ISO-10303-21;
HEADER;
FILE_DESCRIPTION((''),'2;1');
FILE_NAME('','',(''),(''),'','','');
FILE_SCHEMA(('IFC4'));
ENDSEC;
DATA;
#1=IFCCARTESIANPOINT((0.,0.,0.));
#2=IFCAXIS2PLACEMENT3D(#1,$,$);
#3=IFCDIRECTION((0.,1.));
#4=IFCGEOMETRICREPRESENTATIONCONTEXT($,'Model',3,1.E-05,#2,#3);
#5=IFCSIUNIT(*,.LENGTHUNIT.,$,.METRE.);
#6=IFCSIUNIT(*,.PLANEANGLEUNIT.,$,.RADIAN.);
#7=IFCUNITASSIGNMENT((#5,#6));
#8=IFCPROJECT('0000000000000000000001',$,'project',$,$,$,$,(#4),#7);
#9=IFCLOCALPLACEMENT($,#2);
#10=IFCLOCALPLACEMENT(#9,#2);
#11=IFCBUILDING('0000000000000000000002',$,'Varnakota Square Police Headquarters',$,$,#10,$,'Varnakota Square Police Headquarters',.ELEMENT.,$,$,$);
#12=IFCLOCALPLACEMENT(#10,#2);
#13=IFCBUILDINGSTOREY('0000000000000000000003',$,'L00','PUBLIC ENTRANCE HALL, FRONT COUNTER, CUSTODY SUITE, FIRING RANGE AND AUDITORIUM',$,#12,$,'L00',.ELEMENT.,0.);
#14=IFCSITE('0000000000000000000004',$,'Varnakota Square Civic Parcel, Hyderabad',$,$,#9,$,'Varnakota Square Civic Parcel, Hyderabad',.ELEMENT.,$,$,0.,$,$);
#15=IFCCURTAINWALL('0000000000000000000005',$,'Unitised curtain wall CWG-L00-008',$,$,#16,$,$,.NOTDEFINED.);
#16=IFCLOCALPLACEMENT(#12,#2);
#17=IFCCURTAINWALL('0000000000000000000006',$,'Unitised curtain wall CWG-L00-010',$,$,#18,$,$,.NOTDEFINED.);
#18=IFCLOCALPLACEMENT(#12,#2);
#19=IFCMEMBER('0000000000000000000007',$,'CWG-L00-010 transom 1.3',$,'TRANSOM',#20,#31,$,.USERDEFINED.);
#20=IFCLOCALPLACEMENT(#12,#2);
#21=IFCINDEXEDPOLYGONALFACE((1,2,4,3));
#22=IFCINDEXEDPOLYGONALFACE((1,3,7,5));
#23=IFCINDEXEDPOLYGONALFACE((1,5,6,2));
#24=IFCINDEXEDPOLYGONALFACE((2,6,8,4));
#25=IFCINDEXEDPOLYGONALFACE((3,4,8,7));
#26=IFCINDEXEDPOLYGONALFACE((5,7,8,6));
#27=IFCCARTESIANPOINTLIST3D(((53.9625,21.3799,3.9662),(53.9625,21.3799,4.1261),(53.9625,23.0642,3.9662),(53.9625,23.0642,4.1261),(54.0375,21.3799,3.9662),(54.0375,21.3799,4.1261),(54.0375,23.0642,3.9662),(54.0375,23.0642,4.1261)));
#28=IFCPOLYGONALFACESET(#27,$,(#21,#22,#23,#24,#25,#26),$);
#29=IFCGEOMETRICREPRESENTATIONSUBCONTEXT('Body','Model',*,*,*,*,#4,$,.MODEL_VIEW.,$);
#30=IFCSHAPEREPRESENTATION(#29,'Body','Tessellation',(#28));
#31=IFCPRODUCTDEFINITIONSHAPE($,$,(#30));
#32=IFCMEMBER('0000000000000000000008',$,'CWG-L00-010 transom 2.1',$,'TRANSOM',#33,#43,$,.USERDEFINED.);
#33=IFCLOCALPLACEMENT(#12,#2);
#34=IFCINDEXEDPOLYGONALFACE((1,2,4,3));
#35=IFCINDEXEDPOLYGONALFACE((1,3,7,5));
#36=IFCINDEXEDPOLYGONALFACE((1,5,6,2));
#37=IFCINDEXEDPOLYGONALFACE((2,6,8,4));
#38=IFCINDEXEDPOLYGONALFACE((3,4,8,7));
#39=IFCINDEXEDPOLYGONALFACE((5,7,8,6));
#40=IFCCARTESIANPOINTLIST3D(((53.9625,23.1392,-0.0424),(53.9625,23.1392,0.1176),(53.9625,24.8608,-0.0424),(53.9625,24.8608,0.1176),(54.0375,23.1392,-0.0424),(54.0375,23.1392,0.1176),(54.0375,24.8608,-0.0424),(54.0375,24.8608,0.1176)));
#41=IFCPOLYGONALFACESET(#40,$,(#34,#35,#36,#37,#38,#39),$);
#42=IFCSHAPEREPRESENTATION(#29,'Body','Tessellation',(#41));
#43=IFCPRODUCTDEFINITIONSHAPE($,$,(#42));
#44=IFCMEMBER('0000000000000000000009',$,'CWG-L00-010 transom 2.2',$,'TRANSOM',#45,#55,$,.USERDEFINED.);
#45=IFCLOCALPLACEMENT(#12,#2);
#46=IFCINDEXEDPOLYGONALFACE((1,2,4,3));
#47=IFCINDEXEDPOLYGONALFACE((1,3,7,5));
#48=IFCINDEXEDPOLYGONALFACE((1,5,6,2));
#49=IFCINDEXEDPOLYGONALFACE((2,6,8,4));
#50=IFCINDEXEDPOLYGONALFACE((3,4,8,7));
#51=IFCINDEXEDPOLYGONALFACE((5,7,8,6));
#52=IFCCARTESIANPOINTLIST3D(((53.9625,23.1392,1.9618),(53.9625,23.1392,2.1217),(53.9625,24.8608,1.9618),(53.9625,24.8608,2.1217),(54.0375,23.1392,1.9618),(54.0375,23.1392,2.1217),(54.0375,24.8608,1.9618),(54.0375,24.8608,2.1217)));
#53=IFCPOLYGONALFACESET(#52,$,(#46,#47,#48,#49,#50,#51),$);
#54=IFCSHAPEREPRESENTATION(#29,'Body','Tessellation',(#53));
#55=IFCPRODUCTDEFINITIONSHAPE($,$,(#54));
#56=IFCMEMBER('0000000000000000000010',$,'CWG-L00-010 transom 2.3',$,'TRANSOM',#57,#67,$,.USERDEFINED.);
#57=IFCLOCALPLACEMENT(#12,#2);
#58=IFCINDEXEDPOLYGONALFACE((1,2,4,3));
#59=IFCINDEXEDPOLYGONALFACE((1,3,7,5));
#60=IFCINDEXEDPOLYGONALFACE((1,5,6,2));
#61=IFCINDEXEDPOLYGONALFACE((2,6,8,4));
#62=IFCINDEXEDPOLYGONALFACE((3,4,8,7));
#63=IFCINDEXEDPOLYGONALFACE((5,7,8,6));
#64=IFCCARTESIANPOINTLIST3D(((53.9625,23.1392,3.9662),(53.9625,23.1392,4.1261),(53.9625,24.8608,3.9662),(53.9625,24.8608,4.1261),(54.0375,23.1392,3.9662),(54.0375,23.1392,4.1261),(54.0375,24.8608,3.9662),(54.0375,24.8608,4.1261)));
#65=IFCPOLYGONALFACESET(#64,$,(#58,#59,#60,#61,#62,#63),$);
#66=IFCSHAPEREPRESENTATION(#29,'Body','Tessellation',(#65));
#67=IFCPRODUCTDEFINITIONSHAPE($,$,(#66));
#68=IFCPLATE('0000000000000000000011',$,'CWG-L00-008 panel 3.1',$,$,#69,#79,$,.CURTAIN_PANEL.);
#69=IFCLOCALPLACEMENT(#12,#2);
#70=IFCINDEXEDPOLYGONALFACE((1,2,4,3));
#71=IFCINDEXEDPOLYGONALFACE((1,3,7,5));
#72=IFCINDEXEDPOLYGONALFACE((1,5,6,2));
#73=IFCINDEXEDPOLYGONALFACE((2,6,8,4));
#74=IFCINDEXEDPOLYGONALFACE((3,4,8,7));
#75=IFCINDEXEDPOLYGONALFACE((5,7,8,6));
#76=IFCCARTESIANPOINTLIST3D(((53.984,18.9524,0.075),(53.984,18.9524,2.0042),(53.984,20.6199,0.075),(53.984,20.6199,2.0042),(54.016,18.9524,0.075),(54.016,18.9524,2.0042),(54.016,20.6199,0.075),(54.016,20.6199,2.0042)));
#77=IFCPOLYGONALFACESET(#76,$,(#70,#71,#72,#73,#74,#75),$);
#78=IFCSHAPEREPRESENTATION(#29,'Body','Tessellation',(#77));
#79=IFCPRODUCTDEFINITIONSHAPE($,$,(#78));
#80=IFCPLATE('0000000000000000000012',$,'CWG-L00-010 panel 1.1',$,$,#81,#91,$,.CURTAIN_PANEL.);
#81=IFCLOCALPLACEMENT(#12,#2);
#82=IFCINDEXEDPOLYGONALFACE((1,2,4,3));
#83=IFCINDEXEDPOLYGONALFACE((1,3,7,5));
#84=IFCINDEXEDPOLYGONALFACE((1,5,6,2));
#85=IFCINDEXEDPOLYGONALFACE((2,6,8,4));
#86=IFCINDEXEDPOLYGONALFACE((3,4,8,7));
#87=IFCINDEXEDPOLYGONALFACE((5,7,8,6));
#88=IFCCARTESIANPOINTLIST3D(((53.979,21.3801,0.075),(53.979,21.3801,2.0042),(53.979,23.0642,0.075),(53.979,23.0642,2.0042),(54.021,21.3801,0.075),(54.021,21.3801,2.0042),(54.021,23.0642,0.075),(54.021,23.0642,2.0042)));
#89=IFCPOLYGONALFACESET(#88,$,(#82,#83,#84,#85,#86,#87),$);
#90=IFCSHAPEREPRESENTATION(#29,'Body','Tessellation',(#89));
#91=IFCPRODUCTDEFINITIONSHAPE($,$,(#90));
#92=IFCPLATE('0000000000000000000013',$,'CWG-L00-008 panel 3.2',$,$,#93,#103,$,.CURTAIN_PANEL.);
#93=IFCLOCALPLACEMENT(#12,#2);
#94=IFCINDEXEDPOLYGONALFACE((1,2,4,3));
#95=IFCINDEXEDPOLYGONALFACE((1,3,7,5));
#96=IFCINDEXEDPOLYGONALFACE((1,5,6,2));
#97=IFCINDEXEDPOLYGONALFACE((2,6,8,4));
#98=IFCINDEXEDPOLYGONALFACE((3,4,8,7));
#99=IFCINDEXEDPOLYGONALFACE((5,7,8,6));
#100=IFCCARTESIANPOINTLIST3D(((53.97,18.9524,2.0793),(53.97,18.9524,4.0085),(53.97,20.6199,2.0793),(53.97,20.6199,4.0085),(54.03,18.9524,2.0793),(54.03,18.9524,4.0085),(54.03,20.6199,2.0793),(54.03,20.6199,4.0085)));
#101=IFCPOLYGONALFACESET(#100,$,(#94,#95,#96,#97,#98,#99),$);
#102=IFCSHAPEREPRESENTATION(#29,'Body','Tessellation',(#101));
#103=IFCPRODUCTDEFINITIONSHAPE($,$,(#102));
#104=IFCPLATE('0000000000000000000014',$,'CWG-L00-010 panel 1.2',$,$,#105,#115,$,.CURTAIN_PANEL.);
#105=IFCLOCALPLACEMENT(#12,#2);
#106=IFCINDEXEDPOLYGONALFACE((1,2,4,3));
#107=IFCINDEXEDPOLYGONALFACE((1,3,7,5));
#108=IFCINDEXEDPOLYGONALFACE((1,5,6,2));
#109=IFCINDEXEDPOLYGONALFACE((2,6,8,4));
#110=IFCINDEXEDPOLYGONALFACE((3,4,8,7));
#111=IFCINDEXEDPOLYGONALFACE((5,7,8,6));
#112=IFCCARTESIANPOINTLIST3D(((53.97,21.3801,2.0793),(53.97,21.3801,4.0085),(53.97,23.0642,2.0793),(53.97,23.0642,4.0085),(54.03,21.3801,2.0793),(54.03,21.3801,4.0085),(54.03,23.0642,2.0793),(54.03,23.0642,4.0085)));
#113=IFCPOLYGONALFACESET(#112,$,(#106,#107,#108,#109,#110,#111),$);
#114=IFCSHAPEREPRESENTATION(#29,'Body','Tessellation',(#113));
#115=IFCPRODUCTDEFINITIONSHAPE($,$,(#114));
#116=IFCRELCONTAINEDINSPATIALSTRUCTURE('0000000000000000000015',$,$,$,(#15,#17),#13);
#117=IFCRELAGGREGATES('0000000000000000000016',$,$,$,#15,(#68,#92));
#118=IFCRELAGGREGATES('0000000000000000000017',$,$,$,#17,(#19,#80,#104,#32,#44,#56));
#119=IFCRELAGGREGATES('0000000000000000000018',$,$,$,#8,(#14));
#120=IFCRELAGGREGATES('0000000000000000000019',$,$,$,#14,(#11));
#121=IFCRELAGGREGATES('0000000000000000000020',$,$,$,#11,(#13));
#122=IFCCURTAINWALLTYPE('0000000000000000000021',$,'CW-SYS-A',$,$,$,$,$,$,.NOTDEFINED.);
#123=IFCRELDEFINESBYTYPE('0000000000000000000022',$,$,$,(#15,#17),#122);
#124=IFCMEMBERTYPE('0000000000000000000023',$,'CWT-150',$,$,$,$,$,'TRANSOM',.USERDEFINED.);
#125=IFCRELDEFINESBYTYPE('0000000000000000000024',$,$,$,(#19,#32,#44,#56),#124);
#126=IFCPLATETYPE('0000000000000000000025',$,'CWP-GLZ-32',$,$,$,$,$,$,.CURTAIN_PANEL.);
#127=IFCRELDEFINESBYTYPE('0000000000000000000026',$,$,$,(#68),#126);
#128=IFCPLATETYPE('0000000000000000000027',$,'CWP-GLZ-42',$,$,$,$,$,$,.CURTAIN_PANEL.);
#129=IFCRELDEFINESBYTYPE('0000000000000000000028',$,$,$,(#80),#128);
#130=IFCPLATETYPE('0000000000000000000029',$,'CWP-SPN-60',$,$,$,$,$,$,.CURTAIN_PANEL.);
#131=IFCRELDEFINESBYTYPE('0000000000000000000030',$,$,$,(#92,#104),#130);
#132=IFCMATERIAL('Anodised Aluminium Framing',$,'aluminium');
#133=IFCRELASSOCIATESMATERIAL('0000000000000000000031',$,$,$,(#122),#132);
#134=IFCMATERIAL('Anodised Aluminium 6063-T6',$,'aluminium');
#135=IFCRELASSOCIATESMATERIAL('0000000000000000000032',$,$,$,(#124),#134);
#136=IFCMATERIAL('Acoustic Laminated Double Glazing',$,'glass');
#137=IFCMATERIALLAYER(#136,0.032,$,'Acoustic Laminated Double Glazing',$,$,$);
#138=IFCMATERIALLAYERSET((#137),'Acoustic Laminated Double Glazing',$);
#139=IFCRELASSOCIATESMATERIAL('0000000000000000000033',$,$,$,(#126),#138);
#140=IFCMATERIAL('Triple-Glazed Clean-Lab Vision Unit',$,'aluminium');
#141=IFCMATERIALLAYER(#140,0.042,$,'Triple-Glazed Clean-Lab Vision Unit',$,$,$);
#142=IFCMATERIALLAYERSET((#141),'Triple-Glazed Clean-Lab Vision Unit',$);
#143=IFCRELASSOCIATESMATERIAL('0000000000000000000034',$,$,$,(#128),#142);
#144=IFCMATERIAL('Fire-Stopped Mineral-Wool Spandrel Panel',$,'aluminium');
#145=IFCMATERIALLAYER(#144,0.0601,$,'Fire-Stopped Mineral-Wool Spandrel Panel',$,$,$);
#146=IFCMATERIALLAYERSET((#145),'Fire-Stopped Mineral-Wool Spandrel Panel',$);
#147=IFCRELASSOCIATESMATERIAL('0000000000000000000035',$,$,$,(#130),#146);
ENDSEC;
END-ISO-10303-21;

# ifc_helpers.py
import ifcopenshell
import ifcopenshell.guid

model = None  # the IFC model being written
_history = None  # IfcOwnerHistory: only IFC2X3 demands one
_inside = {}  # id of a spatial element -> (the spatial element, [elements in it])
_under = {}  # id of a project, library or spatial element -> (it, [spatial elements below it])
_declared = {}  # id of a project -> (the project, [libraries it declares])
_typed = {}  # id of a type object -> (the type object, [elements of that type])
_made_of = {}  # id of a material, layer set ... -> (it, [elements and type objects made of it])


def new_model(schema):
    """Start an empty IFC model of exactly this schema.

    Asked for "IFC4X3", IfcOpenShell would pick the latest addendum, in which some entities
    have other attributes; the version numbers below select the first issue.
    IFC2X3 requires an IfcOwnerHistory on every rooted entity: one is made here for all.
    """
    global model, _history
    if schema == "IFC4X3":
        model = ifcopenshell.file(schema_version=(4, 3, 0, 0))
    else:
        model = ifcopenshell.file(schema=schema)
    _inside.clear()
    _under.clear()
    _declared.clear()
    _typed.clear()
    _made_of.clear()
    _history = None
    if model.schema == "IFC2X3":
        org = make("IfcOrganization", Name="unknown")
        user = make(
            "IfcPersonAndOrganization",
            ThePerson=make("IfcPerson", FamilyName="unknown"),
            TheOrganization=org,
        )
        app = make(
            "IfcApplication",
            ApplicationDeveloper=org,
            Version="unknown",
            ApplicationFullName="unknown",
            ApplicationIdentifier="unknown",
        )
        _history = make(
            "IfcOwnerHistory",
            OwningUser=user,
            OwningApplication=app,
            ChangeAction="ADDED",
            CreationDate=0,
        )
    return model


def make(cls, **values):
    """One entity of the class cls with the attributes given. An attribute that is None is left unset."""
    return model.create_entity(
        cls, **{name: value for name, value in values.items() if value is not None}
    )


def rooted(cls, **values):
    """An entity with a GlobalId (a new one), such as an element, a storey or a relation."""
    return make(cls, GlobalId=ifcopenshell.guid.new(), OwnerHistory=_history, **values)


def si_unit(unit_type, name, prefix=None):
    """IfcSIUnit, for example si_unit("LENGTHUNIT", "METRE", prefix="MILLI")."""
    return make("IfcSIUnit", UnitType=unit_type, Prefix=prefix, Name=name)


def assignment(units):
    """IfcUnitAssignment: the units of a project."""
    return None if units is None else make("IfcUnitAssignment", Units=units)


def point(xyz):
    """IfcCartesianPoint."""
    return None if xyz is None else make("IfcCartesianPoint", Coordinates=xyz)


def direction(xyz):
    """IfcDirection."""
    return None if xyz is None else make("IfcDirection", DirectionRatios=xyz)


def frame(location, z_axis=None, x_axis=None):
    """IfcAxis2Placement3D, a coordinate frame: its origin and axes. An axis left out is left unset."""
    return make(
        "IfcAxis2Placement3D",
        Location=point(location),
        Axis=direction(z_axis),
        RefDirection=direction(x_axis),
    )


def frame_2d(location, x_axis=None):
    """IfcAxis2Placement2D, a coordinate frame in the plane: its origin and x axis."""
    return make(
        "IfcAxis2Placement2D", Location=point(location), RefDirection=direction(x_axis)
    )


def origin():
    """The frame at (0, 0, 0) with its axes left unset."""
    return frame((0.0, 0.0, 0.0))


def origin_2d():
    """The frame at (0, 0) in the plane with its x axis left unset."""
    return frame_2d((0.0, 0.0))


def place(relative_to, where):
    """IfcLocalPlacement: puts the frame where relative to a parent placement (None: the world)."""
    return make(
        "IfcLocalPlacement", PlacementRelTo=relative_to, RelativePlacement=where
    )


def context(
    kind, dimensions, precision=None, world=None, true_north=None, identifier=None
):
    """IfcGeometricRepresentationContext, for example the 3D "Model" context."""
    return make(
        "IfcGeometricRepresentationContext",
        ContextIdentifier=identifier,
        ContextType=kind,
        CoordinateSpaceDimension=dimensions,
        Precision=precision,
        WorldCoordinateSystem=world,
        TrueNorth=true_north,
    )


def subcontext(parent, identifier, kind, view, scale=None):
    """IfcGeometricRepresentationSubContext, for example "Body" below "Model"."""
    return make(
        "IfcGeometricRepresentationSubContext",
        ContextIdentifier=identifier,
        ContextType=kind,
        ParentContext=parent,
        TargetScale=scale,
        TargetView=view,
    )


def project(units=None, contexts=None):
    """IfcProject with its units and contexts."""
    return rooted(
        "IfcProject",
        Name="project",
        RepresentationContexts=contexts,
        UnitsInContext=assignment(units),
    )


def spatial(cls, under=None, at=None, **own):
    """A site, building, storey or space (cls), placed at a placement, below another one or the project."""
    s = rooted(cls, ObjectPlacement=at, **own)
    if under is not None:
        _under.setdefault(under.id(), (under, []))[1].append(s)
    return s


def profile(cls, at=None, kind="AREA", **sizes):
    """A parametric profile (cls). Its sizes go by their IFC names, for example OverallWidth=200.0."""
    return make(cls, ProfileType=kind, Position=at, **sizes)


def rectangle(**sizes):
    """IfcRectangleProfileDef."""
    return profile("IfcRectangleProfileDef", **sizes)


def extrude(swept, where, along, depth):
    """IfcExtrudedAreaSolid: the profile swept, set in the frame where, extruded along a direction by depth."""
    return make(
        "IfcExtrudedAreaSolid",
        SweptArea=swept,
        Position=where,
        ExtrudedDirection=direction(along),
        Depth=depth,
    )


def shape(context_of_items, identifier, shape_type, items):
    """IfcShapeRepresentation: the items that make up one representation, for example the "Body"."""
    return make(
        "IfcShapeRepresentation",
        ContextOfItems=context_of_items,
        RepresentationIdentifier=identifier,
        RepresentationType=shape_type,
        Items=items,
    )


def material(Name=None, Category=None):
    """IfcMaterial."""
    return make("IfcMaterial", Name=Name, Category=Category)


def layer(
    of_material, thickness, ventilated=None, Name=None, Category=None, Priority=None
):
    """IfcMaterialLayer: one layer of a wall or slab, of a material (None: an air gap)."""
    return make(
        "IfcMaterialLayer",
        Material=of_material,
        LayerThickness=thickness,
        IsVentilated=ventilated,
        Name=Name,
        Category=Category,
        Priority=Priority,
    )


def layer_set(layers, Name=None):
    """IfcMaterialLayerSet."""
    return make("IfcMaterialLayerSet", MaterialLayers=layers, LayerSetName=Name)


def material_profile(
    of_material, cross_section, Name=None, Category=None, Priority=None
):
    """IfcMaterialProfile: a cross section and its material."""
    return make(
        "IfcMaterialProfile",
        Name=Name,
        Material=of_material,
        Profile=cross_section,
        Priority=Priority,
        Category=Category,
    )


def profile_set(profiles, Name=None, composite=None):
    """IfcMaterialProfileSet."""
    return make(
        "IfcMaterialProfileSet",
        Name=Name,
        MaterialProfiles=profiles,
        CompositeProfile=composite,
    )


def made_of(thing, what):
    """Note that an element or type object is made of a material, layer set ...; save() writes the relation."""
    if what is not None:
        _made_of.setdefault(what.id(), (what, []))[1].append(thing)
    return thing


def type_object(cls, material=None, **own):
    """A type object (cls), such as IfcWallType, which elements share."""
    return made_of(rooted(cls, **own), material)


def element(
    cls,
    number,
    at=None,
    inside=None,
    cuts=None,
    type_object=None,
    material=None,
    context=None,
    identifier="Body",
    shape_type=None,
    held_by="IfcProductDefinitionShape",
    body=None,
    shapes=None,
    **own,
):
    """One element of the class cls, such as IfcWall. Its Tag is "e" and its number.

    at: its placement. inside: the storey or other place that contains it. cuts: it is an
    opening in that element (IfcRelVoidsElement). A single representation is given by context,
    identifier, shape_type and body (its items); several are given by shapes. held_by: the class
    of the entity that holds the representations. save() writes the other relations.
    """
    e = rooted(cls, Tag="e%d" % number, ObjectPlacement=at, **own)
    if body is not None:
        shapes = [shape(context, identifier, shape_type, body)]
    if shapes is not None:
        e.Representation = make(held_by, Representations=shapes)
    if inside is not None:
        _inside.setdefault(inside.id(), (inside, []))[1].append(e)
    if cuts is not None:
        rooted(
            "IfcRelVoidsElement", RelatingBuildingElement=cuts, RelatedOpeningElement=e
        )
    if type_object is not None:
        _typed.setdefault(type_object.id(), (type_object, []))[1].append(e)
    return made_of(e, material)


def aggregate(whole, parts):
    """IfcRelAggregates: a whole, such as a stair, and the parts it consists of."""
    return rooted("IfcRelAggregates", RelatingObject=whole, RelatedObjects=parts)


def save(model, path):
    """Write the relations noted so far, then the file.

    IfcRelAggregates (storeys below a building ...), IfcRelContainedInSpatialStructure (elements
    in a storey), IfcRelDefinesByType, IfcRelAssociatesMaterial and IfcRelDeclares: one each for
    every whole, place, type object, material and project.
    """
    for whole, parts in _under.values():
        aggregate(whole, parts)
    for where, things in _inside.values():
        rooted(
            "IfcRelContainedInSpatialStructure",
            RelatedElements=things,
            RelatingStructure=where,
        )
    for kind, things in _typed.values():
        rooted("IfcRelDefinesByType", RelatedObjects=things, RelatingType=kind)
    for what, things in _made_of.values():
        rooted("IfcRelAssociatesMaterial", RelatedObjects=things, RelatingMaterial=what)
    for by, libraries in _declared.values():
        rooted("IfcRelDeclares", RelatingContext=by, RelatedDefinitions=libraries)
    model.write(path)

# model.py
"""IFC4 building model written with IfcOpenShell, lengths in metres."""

from ifc_helpers import new_model, si_unit, direction, frame, origin, origin_2d, place, context, subcontext, project, spatial, rectangle, extrude, material, layer, layer_set, material_profile, profile_set, type_object, element, aggregate, save


model = new_model("IFC4")

# Units and contexts
model_context = context("Model", 3, precision=1e-05, world=origin(), true_north=direction((0.0, 1.0)))
body_context = subcontext(model_context, "Body", "Model", "MODEL_VIEW")
ifc_project = project(units=[si_unit("LENGTHUNIT", "METRE"), si_unit("PLANEANGLEUNIT", "RADIAN")], contexts=[model_context])

# Site, building, storey
site_placement = place(None, origin())
site = spatial("IfcSite", under=ifc_project, at=site_placement, Name="Varnakota Square Civic Parcel, Hyderabad", LongName="Varnakota Square Civic Parcel, Hyderabad", CompositionType="ELEMENT", RefElevation=0.0)
building_placement = place(site_placement, origin())
building = spatial("IfcBuilding", under=site, at=building_placement, Name="Varnakota Square Police Headquarters", LongName="Varnakota Square Police Headquarters", CompositionType="ELEMENT")
storey_placement = place(building_placement, origin())
storey = spatial("IfcBuildingStorey", under=building, at=storey_placement, Name="L00", Description="PUBLIC ENTRANCE HALL, FRONT COUNTER, CUSTODY SUITE, FIRING RANGE AND AUDITORIUM", LongName="L00", CompositionType="ELEMENT", Elevation=0.0)

# Curtain walls
ifc_material_1 = material(Name="Anodised Aluminium Framing", Category="aluminium")
curtain_wall_type = type_object("IfcCurtainWallType", Name="CW-SYS-A", PredefinedType="NOTDEFINED", material=ifc_material_1)
curtain_wall_1_placement = place(storey_placement, origin())
curtain_wall_1 = element("IfcCurtainWall", 1, at=curtain_wall_1_placement, inside=storey, type_object=curtain_wall_type, Name="Unitised curtain wall CWG-L00-008", PredefinedType="NOTDEFINED")
ifc_material_2 = material(Name="Anodised Aluminium 6063-T6", Category="aluminium")
curtain_wall_2_placement = place(storey_placement, origin())
curtain_wall_2 = element("IfcCurtainWall", 2, at=curtain_wall_2_placement, inside=storey, type_object=curtain_wall_type, Name="Unitised curtain wall CWG-L00-010", PredefinedType="NOTDEFINED")

# Members
ifc_material_profile_1 = material_profile(ifc_material_2, rectangle(XDim=0.075, YDim=0.1599, at=origin_2d()), Name="ALU TRANSOM 75x160")
ifc_profile_set_1 = profile_set([ifc_material_profile_1], Name="Anodised Aluminium 6063-T6")
member_type_1 = type_object("IfcMemberType", Name="CWT-150", ElementType="TRANSOM", PredefinedType="USERDEFINED", material=ifc_profile_set_1)
member_1_placement = place(storey_placement, frame((54.0, 21.3799, 4.0461), z_axis=(0.0, 1.0, 0.0), x_axis=(-1.0, 0.0, 0.0)))
member_1 = element("IfcMember", 3, at=member_1_placement, type_object=member_type_1, Name="CWG-L00-010 transom 1.3", ObjectType="TRANSOM", PredefinedType="USERDEFINED", context=body_context, shape_type="SweptSolid", body=[
    extrude(rectangle(XDim=0.075, YDim=0.1599, at=origin_2d()), origin(), (0.0, 0.0, 1.0), 1.6843),
])
member_2_placement = place(storey_placement, frame((54.0, 23.1392, 0.0376), z_axis=(0.0, 1.0, 0.0), x_axis=(-1.0, 0.0, 0.0)))
member_2 = element("IfcMember", 4, at=member_2_placement, type_object=member_type_1, Name="CWG-L00-010 transom 2.1", ObjectType="TRANSOM", PredefinedType="USERDEFINED", context=body_context, shape_type="SweptSolid", body=[
    extrude(rectangle(XDim=0.075, YDim=0.1599, at=origin_2d()), origin(), (0.0, 0.0, 1.0), 1.7217),
])
member_3_placement = place(storey_placement, frame((54.0, 23.1392, 2.0417), z_axis=(0.0, 1.0, 0.0), x_axis=(-1.0, 0.0, 0.0)))
member_3 = element("IfcMember", 5, at=member_3_placement, type_object=member_type_1, Name="CWG-L00-010 transom 2.2", ObjectType="TRANSOM", PredefinedType="USERDEFINED", context=body_context, shape_type="SweptSolid", body=[
    extrude(rectangle(XDim=0.075, YDim=0.1599, at=origin_2d()), origin(), (0.0, 0.0, 1.0), 1.7217),
])
member_4_placement = place(storey_placement, frame((54.0, 23.1392, 4.0461), z_axis=(0.0, 1.0, 0.0), x_axis=(-1.0, 0.0, 0.0)))
member_4 = element("IfcMember", 6, at=member_4_placement, type_object=member_type_1, Name="CWG-L00-010 transom 2.3", ObjectType="TRANSOM", PredefinedType="USERDEFINED", context=body_context, shape_type="SweptSolid", body=[
    extrude(rectangle(XDim=0.075, YDim=0.1599, at=origin_2d()), origin(), (0.0, 0.0, 1.0), 1.7217),
])

# Plates
ifc_material_3 = material(Name="Acoustic Laminated Double Glazing", Category="glass")
ifc_layer_1 = layer(ifc_material_3, 0.032, Name="Acoustic Laminated Double Glazing")
ifc_layer_set_1 = layer_set([ifc_layer_1], Name="Acoustic Laminated Double Glazing")
plate_type_1 = type_object("IfcPlateType", Name="CWP-GLZ-32", PredefinedType="CURTAIN_PANEL", material=ifc_layer_set_1)
plate_1_placement = place(storey_placement, frame((54.0, 19.7861, 0.075), z_axis=(0.0, 0.0, 1.0), x_axis=(0.0, 1.0, 0.0)))
plate_1 = element("IfcPlate", 7, at=plate_1_placement, type_object=plate_type_1, Name="CWG-L00-008 panel 3.1", PredefinedType="CURTAIN_PANEL", context=body_context, shape_type="SweptSolid", body=[
    extrude(rectangle(XDim=1.6675, YDim=0.032, at=origin_2d()), origin(), (0.0, 0.0, 1.0), 1.9292),
])
ifc_material_4 = material(Name="Triple-Glazed Clean-Lab Vision Unit", Category="aluminium")
ifc_layer_2 = layer(ifc_material_4, 0.042, Name="Triple-Glazed Clean-Lab Vision Unit")
ifc_layer_set_2 = layer_set([ifc_layer_2], Name="Triple-Glazed Clean-Lab Vision Unit")
plate_type_2 = type_object("IfcPlateType", Name="CWP-GLZ-42", PredefinedType="CURTAIN_PANEL", material=ifc_layer_set_2)
plate_2_placement = place(storey_placement, frame((54.0, 22.2222, 0.075), z_axis=(0.0, 0.0, 1.0), x_axis=(0.0, 1.0, 0.0)))
plate_2 = element("IfcPlate", 8, at=plate_2_placement, type_object=plate_type_2, Name="CWG-L00-010 panel 1.1", PredefinedType="CURTAIN_PANEL", context=body_context, shape_type="SweptSolid", body=[
    extrude(rectangle(XDim=1.6841, YDim=0.042, at=origin_2d()), origin(), (0.0, 0.0, 1.0), 1.9292),
])
ifc_material_5 = material(Name="Fire-Stopped Mineral-Wool Spandrel Panel", Category="aluminium")
ifc_layer_3 = layer(ifc_material_5, 0.0601, Name="Fire-Stopped Mineral-Wool Spandrel Panel")
ifc_layer_set_3 = layer_set([ifc_layer_3], Name="Fire-Stopped Mineral-Wool Spandrel Panel")
plate_type_3 = type_object("IfcPlateType", Name="CWP-SPN-60", PredefinedType="CURTAIN_PANEL", material=ifc_layer_set_3)
plate_3_placement = place(storey_placement, frame((54.0, 19.7861, 2.0793), z_axis=(0.0, 0.0, 1.0), x_axis=(0.0, 1.0, 0.0)))
plate_3 = element("IfcPlate", 9, at=plate_3_placement, type_object=plate_type_3, Name="CWG-L00-008 panel 3.2", PredefinedType="CURTAIN_PANEL", context=body_context, shape_type="SweptSolid", body=[
    extrude(rectangle(XDim=1.6675, YDim=0.0601, at=origin_2d()), origin(), (0.0, 0.0, 1.0), 1.9292),
])
aggregate(curtain_wall_1, [plate_1, plate_3])
plate_4_placement = place(storey_placement, frame((54.0, 22.2222, 2.0793), z_axis=(0.0, 0.0, 1.0), x_axis=(0.0, 1.0, 0.0)))
plate_4 = element("IfcPlate", 10, at=plate_4_placement, type_object=plate_type_3, Name="CWG-L00-010 panel 1.2", PredefinedType="CURTAIN_PANEL", context=body_context, shape_type="SweptSolid", body=[
    extrude(rectangle(XDim=1.6841, YDim=0.0601, at=origin_2d()), origin(), (0.0, 0.0, 1.0), 1.9292),
])
aggregate(curtain_wall_2, [member_1, plate_2, plate_4, member_2, member_3, member_4])

save(model, "model.ifc")
